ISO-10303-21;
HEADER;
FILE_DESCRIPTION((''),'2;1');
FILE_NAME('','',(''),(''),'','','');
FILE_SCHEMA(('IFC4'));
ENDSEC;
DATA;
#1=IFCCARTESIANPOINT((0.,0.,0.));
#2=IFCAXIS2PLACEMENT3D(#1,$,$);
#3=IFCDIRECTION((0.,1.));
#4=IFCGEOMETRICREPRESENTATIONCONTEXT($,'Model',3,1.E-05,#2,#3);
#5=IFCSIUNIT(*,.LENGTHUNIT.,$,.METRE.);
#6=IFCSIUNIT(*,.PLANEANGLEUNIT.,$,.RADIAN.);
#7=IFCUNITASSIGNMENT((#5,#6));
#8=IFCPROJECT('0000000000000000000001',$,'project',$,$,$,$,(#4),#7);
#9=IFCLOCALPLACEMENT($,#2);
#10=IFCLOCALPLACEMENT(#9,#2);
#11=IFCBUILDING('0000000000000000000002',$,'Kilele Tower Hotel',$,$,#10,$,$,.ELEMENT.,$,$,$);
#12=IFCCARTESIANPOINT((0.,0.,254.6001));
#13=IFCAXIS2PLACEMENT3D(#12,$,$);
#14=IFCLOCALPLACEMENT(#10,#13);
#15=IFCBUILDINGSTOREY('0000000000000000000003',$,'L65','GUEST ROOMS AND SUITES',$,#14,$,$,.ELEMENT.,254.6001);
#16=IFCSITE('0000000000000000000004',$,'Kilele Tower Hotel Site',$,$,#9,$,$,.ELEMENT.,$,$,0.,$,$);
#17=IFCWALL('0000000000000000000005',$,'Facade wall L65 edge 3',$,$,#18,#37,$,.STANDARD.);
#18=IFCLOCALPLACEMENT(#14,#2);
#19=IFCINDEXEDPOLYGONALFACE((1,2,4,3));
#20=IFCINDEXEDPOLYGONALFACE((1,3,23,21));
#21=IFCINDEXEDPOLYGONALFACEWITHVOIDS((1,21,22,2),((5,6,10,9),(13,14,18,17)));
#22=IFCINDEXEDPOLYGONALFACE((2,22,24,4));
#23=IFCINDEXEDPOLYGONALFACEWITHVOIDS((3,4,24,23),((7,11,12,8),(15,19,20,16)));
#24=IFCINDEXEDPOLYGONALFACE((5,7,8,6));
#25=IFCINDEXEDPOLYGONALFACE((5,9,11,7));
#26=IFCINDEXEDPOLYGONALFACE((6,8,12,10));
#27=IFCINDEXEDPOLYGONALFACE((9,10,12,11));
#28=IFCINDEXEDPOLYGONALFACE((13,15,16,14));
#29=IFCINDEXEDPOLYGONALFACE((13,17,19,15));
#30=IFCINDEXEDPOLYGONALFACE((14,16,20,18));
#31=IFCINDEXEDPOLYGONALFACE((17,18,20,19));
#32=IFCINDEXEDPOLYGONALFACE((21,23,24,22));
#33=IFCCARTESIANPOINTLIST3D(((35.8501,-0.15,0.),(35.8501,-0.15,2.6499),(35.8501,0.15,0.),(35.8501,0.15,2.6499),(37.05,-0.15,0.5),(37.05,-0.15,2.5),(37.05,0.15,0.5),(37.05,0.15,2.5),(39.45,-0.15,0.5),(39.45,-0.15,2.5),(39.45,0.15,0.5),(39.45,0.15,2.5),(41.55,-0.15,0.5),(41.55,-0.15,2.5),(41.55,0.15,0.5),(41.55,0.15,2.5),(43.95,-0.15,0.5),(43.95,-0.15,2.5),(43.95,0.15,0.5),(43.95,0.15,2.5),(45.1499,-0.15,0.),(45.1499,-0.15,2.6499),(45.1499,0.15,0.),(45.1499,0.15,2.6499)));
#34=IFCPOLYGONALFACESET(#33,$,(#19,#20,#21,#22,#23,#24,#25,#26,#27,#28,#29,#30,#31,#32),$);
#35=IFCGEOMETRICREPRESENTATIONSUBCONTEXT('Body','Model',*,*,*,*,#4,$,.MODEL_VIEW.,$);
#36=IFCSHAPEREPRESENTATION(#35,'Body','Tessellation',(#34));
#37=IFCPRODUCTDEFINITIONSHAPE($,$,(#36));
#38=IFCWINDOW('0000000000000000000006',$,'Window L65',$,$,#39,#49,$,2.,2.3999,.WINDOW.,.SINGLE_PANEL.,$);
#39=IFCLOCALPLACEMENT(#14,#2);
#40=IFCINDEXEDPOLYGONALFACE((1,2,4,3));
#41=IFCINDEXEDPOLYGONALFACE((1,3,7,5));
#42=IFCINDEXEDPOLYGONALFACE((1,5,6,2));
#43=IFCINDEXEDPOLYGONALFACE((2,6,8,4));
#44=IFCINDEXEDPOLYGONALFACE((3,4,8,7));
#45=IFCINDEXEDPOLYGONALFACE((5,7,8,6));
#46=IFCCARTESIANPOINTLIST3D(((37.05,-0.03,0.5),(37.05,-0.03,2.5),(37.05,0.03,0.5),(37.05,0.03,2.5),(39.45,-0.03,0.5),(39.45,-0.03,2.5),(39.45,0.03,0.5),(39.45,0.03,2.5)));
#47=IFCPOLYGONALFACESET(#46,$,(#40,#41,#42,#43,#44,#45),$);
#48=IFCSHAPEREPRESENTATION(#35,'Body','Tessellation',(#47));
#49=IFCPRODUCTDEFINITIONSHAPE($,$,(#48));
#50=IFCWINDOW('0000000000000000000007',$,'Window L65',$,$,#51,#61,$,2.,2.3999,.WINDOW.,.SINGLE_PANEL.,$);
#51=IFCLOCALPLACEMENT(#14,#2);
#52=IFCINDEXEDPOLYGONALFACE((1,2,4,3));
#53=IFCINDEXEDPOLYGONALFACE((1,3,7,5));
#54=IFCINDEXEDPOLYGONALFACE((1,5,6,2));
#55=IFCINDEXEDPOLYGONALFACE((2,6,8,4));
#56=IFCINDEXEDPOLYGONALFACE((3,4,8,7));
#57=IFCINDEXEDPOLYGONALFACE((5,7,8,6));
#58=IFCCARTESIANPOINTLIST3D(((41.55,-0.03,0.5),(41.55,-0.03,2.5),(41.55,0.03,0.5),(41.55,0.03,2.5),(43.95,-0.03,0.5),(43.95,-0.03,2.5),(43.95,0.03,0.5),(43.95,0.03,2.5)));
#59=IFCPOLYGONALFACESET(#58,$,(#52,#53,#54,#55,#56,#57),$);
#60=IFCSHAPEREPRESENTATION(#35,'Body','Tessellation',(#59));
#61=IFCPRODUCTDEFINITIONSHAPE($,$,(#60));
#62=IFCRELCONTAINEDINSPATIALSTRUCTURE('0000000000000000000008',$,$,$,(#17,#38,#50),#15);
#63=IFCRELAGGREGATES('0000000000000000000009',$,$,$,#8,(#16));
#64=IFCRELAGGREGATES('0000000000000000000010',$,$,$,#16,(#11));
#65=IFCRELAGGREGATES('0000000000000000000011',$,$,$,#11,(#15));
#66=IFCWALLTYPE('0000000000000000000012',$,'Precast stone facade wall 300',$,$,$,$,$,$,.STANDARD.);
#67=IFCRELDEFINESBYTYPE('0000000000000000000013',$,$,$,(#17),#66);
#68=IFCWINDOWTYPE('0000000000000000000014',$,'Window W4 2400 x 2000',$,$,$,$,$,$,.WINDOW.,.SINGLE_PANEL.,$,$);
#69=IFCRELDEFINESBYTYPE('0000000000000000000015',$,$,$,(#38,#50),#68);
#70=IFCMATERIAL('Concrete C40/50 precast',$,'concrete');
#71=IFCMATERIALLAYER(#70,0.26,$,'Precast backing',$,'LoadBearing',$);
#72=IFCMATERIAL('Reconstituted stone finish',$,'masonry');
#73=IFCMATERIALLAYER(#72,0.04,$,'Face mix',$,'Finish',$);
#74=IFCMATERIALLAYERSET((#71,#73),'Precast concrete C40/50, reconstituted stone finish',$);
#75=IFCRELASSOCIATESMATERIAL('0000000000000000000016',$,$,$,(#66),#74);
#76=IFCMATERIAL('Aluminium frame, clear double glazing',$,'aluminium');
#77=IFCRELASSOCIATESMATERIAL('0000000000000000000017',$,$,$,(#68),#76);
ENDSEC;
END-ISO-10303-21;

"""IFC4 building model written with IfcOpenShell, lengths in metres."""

from ifc_helpers import new_model, si_unit, direction, frame, frame_2d, origin, place, context, subcontext, project, spatial, rectangle, extrude, material, layer, layer_set, type_object, element, fill, save


model = new_model("IFC4")

# Units and contexts
model_context = context("Model", 3, precision=1e-05, world=origin(), true_north=direction((0.0, 1.0)))
body_context = subcontext(model_context, "Body", "Model", "MODEL_VIEW")
ifc_project = project(units=[si_unit("LENGTHUNIT", "METRE"), si_unit("PLANEANGLEUNIT", "RADIAN")], contexts=[model_context])

# Site, building, storey
site_placement = place(None, origin())
site = spatial("IfcSite", under=ifc_project, at=site_placement, Name="Kilele Tower Hotel Site", CompositionType="ELEMENT", RefElevation=0.0)
building_placement = place(site_placement, origin())
building = spatial("IfcBuilding", under=site, at=building_placement, Name="Kilele Tower Hotel", CompositionType="ELEMENT")
storey_placement = place(building_placement, frame((0.0, 0.0, 254.6001)))
storey = spatial("IfcBuildingStorey", under=building, at=storey_placement, Name="L65", Description="GUEST ROOMS AND SUITES", CompositionType="ELEMENT", Elevation=254.6001)

# Wall, openings, windows
ifc_material_1 = material(Name="Concrete C40/50 precast", Category="concrete")
ifc_layer_1 = layer(ifc_material_1, 0.26, Name="Precast backing", Category="LoadBearing")
ifc_material_2 = material(Name="Reconstituted stone finish", Category="masonry")
ifc_layer_2 = layer(ifc_material_2, 0.04, Name="Face mix", Category="Finish")
ifc_layer_set_1 = layer_set([ifc_layer_1, ifc_layer_2], Name="Precast concrete C40/50, reconstituted stone finish")
wall_type_1 = type_object("IfcWallType", Name="Precast stone facade wall 300", PredefinedType="STANDARD", material=ifc_layer_set_1)
wall_1_placement = place(storey_placement, frame((35.8501, 0.0, 0.0), z_axis=(0.0, 0.0, 1.0), x_axis=(1.0, 0.0, 0.0)))
wall_1 = element("IfcWall", 1, at=wall_1_placement, inside=storey, type_object=wall_type_1, Name="Facade wall L65 edge 3", PredefinedType="STANDARD", context=body_context, shape_type="SweptSolid", body=[
    extrude(rectangle(XDim=9.2998, YDim=0.3, at=frame_2d((4.6499, 0.0))), origin(), (0.0, 0.0, 1.0), 2.6499),
])
opening_1_placement = place(wall_1_placement, frame((1.2, 0.0, 0.5)))
opening_1 = element("IfcOpeningElement", 2, at=opening_1_placement, cuts=wall_1, PredefinedType="OPENING", context=body_context, shape_type="SweptSolid", body=[
    extrude(rectangle(XDim=2.3999, YDim=2.0, at=frame_2d((1.2, 1.0))), frame((0.0, 0.1599, 0.0), z_axis=(0.0, -1.0, 0.0), x_axis=(1.0, 0.0, 0.0)), (0.0, 0.0, 1.0), 0.3201),
])
opening_2_placement = place(wall_1_placement, frame((5.7, 0.0, 0.5)))
opening_2 = element("IfcOpeningElement", 3, at=opening_2_placement, cuts=wall_1, PredefinedType="OPENING", context=body_context, shape_type="SweptSolid", body=[
    extrude(rectangle(XDim=2.3999, YDim=2.0, at=frame_2d((1.2, 1.0))), frame((0.0, 0.1599, 0.0), z_axis=(0.0, -1.0, 0.0), x_axis=(1.0, 0.0, 0.0)), (0.0, 0.0, 1.0), 0.3201),
])
ifc_material_3 = material(Name="Aluminium frame, clear double glazing", Category="aluminium")
window_type = type_object("IfcWindowType", Name="Window W4 2400 x 2000", PartitioningType="SINGLE_PANEL", PredefinedType="WINDOW", material=ifc_material_3)
window_1_placement = place(opening_1_placement, origin())
window_1 = element("IfcWindow", 4, at=window_1_placement, inside=storey, type_object=window_type, Name="Window L65", OverallHeight=2.0, OverallWidth=2.3999, PartitioningType="SINGLE_PANEL", PredefinedType="WINDOW", context=body_context, shape_type="SweptSolid", body=[
    extrude(rectangle(XDim=2.3999, YDim=2.0, at=frame_2d((1.2, 1.0))), frame((0.0, 0.03, 0.0), z_axis=(0.0, -1.0, 0.0), x_axis=(1.0, 0.0, 0.0)), (0.0, 0.0, 1.0), 0.0601),
])
fill(opening_1, window_1)
window_2_placement = place(opening_2_placement, origin())
window_2 = element("IfcWindow", 5, at=window_2_placement, inside=storey, type_object=window_type, Name="Window L65", OverallHeight=2.0, OverallWidth=2.3999, PartitioningType="SINGLE_PANEL", PredefinedType="WINDOW", context=body_context, shape_type="SweptSolid", body=[
    extrude(rectangle(XDim=2.3999, YDim=2.0, at=frame_2d((1.2, 1.0))), frame((0.0, 0.03, 0.0), z_axis=(0.0, -1.0, 0.0), x_axis=(1.0, 0.0, 0.0)), (0.0, 0.0, 1.0), 0.0601),
])
fill(opening_2, window_2)

save(model, "model.ifc")
